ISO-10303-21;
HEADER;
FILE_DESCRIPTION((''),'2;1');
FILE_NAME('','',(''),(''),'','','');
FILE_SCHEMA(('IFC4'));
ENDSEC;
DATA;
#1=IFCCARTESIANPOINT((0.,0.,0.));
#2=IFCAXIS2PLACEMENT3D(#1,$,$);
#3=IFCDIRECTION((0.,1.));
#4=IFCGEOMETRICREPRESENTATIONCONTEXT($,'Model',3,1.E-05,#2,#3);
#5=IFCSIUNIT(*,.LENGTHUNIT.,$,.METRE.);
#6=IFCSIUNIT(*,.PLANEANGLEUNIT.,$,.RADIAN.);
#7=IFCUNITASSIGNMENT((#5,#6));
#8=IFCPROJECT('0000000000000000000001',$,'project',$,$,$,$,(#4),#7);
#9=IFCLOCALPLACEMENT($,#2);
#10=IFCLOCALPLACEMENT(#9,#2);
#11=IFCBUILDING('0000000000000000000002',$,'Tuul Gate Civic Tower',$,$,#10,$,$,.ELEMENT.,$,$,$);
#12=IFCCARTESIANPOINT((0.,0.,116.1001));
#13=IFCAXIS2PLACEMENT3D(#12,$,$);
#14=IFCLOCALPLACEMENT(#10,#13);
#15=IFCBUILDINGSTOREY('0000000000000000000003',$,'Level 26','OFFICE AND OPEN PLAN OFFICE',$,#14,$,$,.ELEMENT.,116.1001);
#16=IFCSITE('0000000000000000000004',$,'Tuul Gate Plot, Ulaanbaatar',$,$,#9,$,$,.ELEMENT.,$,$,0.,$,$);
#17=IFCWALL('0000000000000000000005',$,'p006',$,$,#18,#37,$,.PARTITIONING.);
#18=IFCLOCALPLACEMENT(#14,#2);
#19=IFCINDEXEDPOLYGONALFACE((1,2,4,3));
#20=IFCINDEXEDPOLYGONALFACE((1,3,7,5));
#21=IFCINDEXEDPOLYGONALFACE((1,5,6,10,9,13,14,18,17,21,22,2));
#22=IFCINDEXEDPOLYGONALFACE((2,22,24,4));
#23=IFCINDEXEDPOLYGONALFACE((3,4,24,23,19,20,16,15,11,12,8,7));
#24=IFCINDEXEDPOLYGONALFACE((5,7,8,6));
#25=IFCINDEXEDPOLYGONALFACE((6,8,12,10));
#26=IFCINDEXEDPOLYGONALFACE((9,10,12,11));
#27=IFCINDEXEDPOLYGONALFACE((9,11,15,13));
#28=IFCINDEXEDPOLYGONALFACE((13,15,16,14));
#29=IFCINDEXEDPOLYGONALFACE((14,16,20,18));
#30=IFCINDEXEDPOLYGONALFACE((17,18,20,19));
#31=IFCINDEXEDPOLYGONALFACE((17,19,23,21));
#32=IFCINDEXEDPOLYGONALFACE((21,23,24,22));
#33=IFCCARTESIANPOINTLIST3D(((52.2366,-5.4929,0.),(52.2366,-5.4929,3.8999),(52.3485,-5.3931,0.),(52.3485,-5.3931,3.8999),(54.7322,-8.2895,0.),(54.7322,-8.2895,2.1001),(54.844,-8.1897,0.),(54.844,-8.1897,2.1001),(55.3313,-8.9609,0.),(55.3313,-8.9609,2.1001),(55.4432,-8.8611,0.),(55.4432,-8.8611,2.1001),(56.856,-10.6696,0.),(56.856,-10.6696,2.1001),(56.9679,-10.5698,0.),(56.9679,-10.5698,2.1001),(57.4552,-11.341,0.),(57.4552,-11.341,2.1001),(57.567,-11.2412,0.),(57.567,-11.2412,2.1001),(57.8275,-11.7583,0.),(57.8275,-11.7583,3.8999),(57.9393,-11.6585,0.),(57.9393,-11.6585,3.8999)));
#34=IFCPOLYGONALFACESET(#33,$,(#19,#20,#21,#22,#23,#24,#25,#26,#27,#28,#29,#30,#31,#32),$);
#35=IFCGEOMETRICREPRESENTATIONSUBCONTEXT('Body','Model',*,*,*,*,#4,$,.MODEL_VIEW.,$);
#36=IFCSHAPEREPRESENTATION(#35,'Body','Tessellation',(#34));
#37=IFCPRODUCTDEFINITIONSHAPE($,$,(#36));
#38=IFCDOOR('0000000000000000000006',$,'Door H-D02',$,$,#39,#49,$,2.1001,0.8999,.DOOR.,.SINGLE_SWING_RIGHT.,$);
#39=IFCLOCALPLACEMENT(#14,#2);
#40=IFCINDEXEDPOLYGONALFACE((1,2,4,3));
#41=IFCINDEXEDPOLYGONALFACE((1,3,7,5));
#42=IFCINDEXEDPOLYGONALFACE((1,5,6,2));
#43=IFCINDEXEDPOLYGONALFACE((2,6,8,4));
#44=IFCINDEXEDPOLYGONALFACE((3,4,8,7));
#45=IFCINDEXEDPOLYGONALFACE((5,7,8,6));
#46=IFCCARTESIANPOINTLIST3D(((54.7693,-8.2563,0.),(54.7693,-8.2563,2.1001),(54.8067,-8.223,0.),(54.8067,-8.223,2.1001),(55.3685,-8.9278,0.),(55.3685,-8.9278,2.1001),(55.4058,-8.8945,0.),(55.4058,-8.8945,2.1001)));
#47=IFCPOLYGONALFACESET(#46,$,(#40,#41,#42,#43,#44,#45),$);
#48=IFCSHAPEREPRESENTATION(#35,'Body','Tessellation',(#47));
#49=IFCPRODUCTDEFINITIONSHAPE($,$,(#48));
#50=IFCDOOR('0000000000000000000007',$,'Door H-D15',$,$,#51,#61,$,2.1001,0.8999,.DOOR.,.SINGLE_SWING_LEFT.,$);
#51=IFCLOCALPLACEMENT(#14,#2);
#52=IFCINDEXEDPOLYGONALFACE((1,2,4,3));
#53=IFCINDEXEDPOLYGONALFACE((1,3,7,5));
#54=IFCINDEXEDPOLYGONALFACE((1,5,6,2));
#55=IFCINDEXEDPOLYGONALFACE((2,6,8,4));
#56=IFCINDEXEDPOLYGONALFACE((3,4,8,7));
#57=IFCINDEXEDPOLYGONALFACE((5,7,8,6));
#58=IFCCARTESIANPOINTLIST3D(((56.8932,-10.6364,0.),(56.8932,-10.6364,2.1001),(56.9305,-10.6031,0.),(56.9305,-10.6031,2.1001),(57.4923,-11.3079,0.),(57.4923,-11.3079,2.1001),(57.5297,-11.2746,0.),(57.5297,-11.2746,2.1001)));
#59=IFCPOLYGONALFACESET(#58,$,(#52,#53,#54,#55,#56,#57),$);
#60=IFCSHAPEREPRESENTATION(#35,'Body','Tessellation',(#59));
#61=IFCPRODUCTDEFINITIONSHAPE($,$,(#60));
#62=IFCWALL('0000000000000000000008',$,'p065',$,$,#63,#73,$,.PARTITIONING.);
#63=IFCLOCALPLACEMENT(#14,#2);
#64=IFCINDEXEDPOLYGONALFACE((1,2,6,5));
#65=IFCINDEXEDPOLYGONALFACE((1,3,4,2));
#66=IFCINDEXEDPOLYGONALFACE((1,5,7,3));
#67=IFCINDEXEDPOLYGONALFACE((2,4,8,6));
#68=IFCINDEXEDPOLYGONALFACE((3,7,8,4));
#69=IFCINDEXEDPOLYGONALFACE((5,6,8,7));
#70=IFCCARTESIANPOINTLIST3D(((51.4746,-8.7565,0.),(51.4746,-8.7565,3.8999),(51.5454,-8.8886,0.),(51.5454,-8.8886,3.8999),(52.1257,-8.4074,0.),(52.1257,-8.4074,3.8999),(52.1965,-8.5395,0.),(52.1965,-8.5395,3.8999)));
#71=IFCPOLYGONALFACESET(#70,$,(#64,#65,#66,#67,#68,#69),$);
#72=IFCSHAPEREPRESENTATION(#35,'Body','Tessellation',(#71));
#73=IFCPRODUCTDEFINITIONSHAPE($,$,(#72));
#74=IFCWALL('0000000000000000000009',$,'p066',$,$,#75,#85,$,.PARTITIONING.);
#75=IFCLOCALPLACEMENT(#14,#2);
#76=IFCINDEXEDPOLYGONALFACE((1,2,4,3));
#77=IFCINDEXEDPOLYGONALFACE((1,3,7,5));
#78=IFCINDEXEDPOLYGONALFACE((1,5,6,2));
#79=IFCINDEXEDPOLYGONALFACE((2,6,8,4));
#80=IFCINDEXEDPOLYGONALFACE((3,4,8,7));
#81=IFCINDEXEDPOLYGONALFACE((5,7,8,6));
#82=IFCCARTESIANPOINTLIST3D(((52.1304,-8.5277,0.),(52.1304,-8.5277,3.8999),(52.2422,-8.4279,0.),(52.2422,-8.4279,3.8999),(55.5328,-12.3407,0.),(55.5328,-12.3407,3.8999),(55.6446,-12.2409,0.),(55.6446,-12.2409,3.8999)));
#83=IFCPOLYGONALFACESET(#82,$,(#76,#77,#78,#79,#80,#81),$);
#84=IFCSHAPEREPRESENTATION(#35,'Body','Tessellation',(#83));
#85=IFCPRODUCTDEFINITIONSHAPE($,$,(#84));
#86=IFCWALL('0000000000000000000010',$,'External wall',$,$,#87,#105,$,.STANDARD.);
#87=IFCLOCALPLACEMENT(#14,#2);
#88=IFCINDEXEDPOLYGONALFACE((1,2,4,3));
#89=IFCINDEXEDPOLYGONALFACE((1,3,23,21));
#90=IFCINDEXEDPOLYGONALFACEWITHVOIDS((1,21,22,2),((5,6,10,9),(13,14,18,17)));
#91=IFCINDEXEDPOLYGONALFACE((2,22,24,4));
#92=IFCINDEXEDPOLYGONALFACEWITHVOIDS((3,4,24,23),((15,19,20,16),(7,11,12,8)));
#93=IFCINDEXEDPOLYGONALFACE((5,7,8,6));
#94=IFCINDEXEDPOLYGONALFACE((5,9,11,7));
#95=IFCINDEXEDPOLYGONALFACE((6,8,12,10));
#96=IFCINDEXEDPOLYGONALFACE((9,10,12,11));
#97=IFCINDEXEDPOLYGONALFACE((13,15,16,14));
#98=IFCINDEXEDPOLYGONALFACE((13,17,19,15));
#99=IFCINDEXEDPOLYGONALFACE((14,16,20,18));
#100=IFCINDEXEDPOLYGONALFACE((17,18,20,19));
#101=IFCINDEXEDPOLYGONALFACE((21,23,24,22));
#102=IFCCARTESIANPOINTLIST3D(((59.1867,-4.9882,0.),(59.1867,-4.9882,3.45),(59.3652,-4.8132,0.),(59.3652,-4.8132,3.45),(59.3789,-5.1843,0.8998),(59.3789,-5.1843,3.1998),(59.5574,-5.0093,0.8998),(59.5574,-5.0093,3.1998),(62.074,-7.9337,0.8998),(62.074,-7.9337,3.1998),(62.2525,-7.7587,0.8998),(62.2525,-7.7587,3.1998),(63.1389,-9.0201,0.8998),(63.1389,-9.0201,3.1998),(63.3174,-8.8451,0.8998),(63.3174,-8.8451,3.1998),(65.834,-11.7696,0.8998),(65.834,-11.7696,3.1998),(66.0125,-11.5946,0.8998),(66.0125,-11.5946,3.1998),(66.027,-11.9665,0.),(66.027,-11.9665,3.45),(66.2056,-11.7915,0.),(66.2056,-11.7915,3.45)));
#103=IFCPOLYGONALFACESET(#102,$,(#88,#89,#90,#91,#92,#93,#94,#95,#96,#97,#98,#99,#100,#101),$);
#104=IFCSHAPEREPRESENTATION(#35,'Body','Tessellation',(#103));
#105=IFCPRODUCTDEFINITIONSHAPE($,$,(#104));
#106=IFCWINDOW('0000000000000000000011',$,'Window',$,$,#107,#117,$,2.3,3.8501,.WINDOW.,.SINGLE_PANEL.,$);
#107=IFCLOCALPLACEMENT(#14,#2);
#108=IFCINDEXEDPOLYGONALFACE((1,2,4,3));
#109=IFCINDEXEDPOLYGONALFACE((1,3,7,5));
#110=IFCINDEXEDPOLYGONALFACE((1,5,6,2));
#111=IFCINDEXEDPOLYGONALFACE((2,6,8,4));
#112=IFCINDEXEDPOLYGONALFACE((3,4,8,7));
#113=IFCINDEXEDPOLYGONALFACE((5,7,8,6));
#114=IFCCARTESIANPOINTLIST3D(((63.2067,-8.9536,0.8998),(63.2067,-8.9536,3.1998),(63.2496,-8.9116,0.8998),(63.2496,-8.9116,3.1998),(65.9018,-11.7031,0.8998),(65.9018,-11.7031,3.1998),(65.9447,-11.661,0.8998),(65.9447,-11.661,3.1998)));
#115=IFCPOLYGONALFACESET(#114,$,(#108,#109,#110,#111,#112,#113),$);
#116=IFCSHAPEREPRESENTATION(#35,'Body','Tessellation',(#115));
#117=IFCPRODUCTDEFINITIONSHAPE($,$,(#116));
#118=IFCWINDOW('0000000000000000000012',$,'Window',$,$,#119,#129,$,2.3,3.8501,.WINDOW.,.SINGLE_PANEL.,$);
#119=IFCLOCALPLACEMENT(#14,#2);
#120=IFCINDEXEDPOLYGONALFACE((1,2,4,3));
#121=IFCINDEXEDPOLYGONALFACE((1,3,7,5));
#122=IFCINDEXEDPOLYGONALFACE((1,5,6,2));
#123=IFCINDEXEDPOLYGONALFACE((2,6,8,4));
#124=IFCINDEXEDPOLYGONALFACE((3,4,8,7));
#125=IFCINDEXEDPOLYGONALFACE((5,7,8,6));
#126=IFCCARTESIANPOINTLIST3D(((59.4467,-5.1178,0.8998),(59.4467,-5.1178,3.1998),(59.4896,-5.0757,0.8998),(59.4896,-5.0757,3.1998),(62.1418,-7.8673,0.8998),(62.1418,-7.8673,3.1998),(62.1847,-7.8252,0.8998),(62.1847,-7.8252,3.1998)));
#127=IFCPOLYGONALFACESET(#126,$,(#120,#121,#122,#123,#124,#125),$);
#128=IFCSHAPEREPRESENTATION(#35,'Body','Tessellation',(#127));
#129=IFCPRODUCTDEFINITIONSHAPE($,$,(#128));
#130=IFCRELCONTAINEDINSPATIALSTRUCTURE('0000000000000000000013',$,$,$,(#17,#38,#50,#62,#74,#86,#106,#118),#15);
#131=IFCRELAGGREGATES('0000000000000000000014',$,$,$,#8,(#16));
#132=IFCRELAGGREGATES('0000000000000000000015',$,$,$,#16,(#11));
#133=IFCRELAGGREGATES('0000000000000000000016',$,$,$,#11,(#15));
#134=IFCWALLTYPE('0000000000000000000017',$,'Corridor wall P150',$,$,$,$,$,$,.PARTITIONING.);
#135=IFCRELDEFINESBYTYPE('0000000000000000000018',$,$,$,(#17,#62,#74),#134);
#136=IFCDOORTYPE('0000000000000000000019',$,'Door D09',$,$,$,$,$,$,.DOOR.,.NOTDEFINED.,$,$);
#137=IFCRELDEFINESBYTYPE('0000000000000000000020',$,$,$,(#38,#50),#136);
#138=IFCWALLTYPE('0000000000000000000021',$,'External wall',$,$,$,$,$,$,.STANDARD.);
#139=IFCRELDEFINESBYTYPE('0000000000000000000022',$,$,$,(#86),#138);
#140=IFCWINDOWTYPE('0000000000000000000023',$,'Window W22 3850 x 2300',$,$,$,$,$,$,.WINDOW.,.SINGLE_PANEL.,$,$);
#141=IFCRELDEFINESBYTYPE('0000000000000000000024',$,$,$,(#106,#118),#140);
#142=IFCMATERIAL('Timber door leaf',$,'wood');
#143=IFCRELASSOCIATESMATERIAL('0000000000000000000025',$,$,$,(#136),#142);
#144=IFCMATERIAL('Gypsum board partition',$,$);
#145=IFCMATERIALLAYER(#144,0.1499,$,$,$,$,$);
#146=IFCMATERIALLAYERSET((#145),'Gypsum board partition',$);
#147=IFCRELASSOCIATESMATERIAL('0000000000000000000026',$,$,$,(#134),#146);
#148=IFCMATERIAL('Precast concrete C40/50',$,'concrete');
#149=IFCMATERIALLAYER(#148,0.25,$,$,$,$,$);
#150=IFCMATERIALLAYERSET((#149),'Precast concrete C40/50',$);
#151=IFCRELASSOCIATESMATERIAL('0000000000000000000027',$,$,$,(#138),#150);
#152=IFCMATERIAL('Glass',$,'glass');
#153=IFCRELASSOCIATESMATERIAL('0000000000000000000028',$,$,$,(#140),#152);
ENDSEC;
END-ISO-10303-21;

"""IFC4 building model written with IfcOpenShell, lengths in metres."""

from ifc_helpers import new_model, si_unit, direction, frame, frame_2d, origin, place, context, subcontext, project, spatial, rectangle, extrude, material, layer, layer_set, type_object, element, fill, save


model = new_model("IFC4")

# Units and contexts
model_context = context("Model", 3, precision=1e-05, world=origin(), true_north=direction((0.0, 1.0)))
body_context = subcontext(model_context, "Body", "Model", "MODEL_VIEW")
ifc_project = project(units=[si_unit("LENGTHUNIT", "METRE"), si_unit("PLANEANGLEUNIT", "RADIAN")], contexts=[model_context])

# Site, building, storey
site_placement = place(None, origin())
site = spatial("IfcSite", under=ifc_project, at=site_placement, Name="Tuul Gate Plot, Ulaanbaatar", CompositionType="ELEMENT", RefElevation=0.0)
building_placement = place(site_placement, origin())
building = spatial("IfcBuilding", under=site, at=building_placement, Name="Tuul Gate Civic Tower", CompositionType="ELEMENT")
storey_placement = place(building_placement, frame((0.0, 0.0, 116.1001)))
storey = spatial("IfcBuildingStorey", under=building, at=storey_placement, Name="Level 26", Description="OFFICE AND OPEN PLAN OFFICE", CompositionType="ELEMENT", Elevation=116.1001)

# Shared definitions
ifc_material_1 = material(Name="Timber door leaf", Category="wood")
door_type_1 = type_object("IfcDoorType", Name="Door D09", OperationType="NOTDEFINED", PredefinedType="DOOR", material=ifc_material_1)
ifc_material_2 = material(Name="Gypsum board partition")
ifc_layer_1 = layer(ifc_material_2, 0.1499)
ifc_layer_set_1 = layer_set([ifc_layer_1], Name="Gypsum board partition")
wall_type_1 = type_object("IfcWallType", Name="Corridor wall P150", PredefinedType="PARTITIONING", material=ifc_layer_set_1)

# Wall, openings, doors
wall_1_placement = place(storey_placement, frame((52.2925, -5.4429, 0.0), z_axis=(0.0, 0.0, 1.0), x_axis=(0.665799, -0.746131, 0.0)))
wall_1 = element("IfcWall", 1, at=wall_1_placement, inside=storey, type_object=wall_type_1, Name="p006", PredefinedType="PARTITIONING", context=body_context, shape_type="SweptSolid", body=[
    extrude(rectangle(XDim=8.3972, YDim=0.1499, at=frame_2d((4.1987, 0.0))), origin(), (0.0, 0.0, 1.0), 3.8999),
])
opening_1_placement = place(wall_1_placement, frame((3.7483, 0.0, 0.0)))
opening_1 = element("IfcOpeningElement", 2, at=opening_1_placement, cuts=wall_1, PredefinedType="OPENING", context=body_context, shape_type="SweptSolid", body=[
    extrude(rectangle(XDim=0.8999, YDim=2.1001, at=frame_2d((0.45, 1.05))), frame((0.0, 0.085, 0.0), z_axis=(0.0, -1.0, 0.0), x_axis=(1.0, 0.0, 0.0)), (0.0, 0.0, 1.0), 0.1699),
])
opening_2_placement = place(wall_1_placement, frame((6.9382, 0.0, 0.0)))
opening_2 = element("IfcOpeningElement", 3, at=opening_2_placement, cuts=wall_1, PredefinedType="OPENING", context=body_context, shape_type="SweptSolid", body=[
    extrude(rectangle(XDim=0.8999, YDim=2.1001, at=frame_2d((0.45, 1.05))), frame((0.0, 0.085, 0.0), z_axis=(0.0, -1.0, 0.0), x_axis=(1.0, 0.0, 0.0)), (0.0, 0.0, 1.0), 0.1699),
])
door_1_placement = place(opening_1_placement, origin())
door_1 = element("IfcDoor", 4, at=door_1_placement, inside=storey, type_object=door_type_1, Name="Door H-D02", OperationType="SINGLE_SWING_RIGHT", OverallHeight=2.1001, OverallWidth=0.8999, PredefinedType="DOOR", context=body_context, shape_type="SweptSolid", body=[
    extrude(rectangle(XDim=0.8999, YDim=2.1001, at=frame_2d((0.45, 1.05))), frame((0.0, 0.0249, 0.0), z_axis=(0.0, -1.0, 0.0), x_axis=(1.0, 0.0, 0.0)), (0.0, 0.0, 1.0), 0.05),
])
fill(opening_1, door_1)
door_2_placement = place(opening_2_placement, origin())
door_2 = element("IfcDoor", 5, at=door_2_placement, inside=storey, type_object=door_type_1, Name="Door H-D15", OperationType="SINGLE_SWING_LEFT", OverallHeight=2.1001, OverallWidth=0.8999, PredefinedType="DOOR", context=body_context, shape_type="SweptSolid", body=[
    extrude(rectangle(XDim=0.8999, YDim=2.1001, at=frame_2d((0.45, 1.05))), frame((0.0, 0.0249, 0.0), z_axis=(0.0, -1.0, 0.0), x_axis=(1.0, 0.0, 0.0)), (0.0, 0.0, 1.0), 0.05),
])
fill(opening_2, door_2)

# Walls
wall_2_placement = place(storey_placement, frame((51.51, -8.8225, 0.0), z_axis=(0.0, 0.0, 1.0), x_axis=(0.881308, 0.472542, 0.0)))
element("IfcWall", 6, at=wall_2_placement, inside=storey, type_object=wall_type_1, Name="p065", PredefinedType="PARTITIONING", context=body_context, shape_type="SweptSolid", body=[
    extrude(rectangle(XDim=0.7388, YDim=0.1499, at=frame_2d((0.3694, 0.0))), origin(), (0.0, 0.0, 1.0), 3.8999),
])
wall_3_placement = place(storey_placement, frame((52.1863, -8.4778, 0.0), z_axis=(0.0, 0.0, 1.0), x_axis=(0.665786, -0.746143, 0.0)))
element("IfcWall", 7, at=wall_3_placement, inside=storey, type_object=wall_type_1, Name="p066", PredefinedType="PARTITIONING", context=body_context, shape_type="SweptSolid", body=[
    extrude(rectangle(XDim=5.1104, YDim=0.1499, at=frame_2d((2.5552, 0.0))), origin(), (0.0, 0.0, 1.0), 3.8999),
])

# Wall, openings, windows
ifc_material_3 = material(Name="Precast concrete C40/50", Category="concrete")
ifc_layer_2 = layer(ifc_material_3, 0.25)
ifc_layer_set_2 = layer_set([ifc_layer_2], Name="Precast concrete C40/50")
wall_type_2 = type_object("IfcWallType", Name="External wall", PredefinedType="STANDARD", material=ifc_layer_set_2)
wall_4_placement = place(storey_placement, frame((66.1162, -11.8789, 0.0), z_axis=(0.0, 0.0, 1.0), x_axis=(-0.700013, 0.71413, 0.0)))
wall_4 = element("IfcWall", 8, at=wall_4_placement, inside=storey, type_object=wall_type_2, Name="External wall", PredefinedType="STANDARD", context=body_context, shape_type="SweptSolid", body=[
    extrude(rectangle(XDim=9.7717, YDim=0.25, at=frame_2d((4.8857, 0.0))), origin(), (0.0, 0.0, 1.0), 3.45),
])
opening_3_placement = place(wall_4_placement, frame((0.2756, 0.0, 0.8999)))
opening_3 = element("IfcOpeningElement", 9, at=opening_3_placement, cuts=wall_4, PredefinedType="OPENING", context=body_context, shape_type="SweptSolid", body=[
    extrude(rectangle(XDim=3.8501, YDim=2.3, at=frame_2d((1.925, 1.1499))), frame((0.0, 0.135, 0.0), z_axis=(0.0, -1.0, 0.0), x_axis=(1.0, 0.0, 0.0)), (0.0, 0.0, 1.0), 0.27),
])
opening_4_placement = place(wall_4_placement, frame((5.647, 0.0, 0.8999)))
opening_4 = element("IfcOpeningElement", 10, at=opening_4_placement, cuts=wall_4, PredefinedType="OPENING", context=body_context, shape_type="SweptSolid", body=[
    extrude(rectangle(XDim=3.8501, YDim=2.3, at=frame_2d((1.925, 1.1499))), frame((0.0, 0.135, 0.0), z_axis=(0.0, -1.0, 0.0), x_axis=(1.0, 0.0, 0.0)), (0.0, 0.0, 1.0), 0.27),
])
ifc_material_4 = material(Name="Glass", Category="glass")
window_type = type_object("IfcWindowType", Name="Window W22 3850 x 2300", PartitioningType="SINGLE_PANEL", PredefinedType="WINDOW", material=ifc_material_4)
window_1_placement = place(opening_3_placement, origin())
window_1 = element("IfcWindow", 11, at=window_1_placement, inside=storey, type_object=window_type, Name="Window", OverallHeight=2.3, OverallWidth=3.8501, PartitioningType="SINGLE_PANEL", PredefinedType="WINDOW", context=body_context, shape_type="SweptSolid", body=[
    extrude(rectangle(XDim=3.8501, YDim=2.3, at=frame_2d((1.925, 1.1499))), frame((0.0, 0.03, 0.0), z_axis=(0.0, -1.0, 0.0), x_axis=(1.0, 0.0, 0.0)), (0.0, 0.0, 1.0), 0.0601),
])
fill(opening_3, window_1)
window_2_placement = place(opening_4_placement, origin())
window_2 = element("IfcWindow", 12, at=window_2_placement, inside=storey, type_object=window_type, Name="Window", OverallHeight=2.3, OverallWidth=3.8501, PartitioningType="SINGLE_PANEL", PredefinedType="WINDOW", context=body_context, shape_type="SweptSolid", body=[
    extrude(rectangle(XDim=3.8501, YDim=2.3, at=frame_2d((1.925, 1.1499))), frame((0.0, 0.03, 0.0), z_axis=(0.0, -1.0, 0.0), x_axis=(1.0, 0.0, 0.0)), (0.0, 0.0, 1.0), 0.0601),
])
fill(opening_4, window_2)

save(model, "model.ifc")
